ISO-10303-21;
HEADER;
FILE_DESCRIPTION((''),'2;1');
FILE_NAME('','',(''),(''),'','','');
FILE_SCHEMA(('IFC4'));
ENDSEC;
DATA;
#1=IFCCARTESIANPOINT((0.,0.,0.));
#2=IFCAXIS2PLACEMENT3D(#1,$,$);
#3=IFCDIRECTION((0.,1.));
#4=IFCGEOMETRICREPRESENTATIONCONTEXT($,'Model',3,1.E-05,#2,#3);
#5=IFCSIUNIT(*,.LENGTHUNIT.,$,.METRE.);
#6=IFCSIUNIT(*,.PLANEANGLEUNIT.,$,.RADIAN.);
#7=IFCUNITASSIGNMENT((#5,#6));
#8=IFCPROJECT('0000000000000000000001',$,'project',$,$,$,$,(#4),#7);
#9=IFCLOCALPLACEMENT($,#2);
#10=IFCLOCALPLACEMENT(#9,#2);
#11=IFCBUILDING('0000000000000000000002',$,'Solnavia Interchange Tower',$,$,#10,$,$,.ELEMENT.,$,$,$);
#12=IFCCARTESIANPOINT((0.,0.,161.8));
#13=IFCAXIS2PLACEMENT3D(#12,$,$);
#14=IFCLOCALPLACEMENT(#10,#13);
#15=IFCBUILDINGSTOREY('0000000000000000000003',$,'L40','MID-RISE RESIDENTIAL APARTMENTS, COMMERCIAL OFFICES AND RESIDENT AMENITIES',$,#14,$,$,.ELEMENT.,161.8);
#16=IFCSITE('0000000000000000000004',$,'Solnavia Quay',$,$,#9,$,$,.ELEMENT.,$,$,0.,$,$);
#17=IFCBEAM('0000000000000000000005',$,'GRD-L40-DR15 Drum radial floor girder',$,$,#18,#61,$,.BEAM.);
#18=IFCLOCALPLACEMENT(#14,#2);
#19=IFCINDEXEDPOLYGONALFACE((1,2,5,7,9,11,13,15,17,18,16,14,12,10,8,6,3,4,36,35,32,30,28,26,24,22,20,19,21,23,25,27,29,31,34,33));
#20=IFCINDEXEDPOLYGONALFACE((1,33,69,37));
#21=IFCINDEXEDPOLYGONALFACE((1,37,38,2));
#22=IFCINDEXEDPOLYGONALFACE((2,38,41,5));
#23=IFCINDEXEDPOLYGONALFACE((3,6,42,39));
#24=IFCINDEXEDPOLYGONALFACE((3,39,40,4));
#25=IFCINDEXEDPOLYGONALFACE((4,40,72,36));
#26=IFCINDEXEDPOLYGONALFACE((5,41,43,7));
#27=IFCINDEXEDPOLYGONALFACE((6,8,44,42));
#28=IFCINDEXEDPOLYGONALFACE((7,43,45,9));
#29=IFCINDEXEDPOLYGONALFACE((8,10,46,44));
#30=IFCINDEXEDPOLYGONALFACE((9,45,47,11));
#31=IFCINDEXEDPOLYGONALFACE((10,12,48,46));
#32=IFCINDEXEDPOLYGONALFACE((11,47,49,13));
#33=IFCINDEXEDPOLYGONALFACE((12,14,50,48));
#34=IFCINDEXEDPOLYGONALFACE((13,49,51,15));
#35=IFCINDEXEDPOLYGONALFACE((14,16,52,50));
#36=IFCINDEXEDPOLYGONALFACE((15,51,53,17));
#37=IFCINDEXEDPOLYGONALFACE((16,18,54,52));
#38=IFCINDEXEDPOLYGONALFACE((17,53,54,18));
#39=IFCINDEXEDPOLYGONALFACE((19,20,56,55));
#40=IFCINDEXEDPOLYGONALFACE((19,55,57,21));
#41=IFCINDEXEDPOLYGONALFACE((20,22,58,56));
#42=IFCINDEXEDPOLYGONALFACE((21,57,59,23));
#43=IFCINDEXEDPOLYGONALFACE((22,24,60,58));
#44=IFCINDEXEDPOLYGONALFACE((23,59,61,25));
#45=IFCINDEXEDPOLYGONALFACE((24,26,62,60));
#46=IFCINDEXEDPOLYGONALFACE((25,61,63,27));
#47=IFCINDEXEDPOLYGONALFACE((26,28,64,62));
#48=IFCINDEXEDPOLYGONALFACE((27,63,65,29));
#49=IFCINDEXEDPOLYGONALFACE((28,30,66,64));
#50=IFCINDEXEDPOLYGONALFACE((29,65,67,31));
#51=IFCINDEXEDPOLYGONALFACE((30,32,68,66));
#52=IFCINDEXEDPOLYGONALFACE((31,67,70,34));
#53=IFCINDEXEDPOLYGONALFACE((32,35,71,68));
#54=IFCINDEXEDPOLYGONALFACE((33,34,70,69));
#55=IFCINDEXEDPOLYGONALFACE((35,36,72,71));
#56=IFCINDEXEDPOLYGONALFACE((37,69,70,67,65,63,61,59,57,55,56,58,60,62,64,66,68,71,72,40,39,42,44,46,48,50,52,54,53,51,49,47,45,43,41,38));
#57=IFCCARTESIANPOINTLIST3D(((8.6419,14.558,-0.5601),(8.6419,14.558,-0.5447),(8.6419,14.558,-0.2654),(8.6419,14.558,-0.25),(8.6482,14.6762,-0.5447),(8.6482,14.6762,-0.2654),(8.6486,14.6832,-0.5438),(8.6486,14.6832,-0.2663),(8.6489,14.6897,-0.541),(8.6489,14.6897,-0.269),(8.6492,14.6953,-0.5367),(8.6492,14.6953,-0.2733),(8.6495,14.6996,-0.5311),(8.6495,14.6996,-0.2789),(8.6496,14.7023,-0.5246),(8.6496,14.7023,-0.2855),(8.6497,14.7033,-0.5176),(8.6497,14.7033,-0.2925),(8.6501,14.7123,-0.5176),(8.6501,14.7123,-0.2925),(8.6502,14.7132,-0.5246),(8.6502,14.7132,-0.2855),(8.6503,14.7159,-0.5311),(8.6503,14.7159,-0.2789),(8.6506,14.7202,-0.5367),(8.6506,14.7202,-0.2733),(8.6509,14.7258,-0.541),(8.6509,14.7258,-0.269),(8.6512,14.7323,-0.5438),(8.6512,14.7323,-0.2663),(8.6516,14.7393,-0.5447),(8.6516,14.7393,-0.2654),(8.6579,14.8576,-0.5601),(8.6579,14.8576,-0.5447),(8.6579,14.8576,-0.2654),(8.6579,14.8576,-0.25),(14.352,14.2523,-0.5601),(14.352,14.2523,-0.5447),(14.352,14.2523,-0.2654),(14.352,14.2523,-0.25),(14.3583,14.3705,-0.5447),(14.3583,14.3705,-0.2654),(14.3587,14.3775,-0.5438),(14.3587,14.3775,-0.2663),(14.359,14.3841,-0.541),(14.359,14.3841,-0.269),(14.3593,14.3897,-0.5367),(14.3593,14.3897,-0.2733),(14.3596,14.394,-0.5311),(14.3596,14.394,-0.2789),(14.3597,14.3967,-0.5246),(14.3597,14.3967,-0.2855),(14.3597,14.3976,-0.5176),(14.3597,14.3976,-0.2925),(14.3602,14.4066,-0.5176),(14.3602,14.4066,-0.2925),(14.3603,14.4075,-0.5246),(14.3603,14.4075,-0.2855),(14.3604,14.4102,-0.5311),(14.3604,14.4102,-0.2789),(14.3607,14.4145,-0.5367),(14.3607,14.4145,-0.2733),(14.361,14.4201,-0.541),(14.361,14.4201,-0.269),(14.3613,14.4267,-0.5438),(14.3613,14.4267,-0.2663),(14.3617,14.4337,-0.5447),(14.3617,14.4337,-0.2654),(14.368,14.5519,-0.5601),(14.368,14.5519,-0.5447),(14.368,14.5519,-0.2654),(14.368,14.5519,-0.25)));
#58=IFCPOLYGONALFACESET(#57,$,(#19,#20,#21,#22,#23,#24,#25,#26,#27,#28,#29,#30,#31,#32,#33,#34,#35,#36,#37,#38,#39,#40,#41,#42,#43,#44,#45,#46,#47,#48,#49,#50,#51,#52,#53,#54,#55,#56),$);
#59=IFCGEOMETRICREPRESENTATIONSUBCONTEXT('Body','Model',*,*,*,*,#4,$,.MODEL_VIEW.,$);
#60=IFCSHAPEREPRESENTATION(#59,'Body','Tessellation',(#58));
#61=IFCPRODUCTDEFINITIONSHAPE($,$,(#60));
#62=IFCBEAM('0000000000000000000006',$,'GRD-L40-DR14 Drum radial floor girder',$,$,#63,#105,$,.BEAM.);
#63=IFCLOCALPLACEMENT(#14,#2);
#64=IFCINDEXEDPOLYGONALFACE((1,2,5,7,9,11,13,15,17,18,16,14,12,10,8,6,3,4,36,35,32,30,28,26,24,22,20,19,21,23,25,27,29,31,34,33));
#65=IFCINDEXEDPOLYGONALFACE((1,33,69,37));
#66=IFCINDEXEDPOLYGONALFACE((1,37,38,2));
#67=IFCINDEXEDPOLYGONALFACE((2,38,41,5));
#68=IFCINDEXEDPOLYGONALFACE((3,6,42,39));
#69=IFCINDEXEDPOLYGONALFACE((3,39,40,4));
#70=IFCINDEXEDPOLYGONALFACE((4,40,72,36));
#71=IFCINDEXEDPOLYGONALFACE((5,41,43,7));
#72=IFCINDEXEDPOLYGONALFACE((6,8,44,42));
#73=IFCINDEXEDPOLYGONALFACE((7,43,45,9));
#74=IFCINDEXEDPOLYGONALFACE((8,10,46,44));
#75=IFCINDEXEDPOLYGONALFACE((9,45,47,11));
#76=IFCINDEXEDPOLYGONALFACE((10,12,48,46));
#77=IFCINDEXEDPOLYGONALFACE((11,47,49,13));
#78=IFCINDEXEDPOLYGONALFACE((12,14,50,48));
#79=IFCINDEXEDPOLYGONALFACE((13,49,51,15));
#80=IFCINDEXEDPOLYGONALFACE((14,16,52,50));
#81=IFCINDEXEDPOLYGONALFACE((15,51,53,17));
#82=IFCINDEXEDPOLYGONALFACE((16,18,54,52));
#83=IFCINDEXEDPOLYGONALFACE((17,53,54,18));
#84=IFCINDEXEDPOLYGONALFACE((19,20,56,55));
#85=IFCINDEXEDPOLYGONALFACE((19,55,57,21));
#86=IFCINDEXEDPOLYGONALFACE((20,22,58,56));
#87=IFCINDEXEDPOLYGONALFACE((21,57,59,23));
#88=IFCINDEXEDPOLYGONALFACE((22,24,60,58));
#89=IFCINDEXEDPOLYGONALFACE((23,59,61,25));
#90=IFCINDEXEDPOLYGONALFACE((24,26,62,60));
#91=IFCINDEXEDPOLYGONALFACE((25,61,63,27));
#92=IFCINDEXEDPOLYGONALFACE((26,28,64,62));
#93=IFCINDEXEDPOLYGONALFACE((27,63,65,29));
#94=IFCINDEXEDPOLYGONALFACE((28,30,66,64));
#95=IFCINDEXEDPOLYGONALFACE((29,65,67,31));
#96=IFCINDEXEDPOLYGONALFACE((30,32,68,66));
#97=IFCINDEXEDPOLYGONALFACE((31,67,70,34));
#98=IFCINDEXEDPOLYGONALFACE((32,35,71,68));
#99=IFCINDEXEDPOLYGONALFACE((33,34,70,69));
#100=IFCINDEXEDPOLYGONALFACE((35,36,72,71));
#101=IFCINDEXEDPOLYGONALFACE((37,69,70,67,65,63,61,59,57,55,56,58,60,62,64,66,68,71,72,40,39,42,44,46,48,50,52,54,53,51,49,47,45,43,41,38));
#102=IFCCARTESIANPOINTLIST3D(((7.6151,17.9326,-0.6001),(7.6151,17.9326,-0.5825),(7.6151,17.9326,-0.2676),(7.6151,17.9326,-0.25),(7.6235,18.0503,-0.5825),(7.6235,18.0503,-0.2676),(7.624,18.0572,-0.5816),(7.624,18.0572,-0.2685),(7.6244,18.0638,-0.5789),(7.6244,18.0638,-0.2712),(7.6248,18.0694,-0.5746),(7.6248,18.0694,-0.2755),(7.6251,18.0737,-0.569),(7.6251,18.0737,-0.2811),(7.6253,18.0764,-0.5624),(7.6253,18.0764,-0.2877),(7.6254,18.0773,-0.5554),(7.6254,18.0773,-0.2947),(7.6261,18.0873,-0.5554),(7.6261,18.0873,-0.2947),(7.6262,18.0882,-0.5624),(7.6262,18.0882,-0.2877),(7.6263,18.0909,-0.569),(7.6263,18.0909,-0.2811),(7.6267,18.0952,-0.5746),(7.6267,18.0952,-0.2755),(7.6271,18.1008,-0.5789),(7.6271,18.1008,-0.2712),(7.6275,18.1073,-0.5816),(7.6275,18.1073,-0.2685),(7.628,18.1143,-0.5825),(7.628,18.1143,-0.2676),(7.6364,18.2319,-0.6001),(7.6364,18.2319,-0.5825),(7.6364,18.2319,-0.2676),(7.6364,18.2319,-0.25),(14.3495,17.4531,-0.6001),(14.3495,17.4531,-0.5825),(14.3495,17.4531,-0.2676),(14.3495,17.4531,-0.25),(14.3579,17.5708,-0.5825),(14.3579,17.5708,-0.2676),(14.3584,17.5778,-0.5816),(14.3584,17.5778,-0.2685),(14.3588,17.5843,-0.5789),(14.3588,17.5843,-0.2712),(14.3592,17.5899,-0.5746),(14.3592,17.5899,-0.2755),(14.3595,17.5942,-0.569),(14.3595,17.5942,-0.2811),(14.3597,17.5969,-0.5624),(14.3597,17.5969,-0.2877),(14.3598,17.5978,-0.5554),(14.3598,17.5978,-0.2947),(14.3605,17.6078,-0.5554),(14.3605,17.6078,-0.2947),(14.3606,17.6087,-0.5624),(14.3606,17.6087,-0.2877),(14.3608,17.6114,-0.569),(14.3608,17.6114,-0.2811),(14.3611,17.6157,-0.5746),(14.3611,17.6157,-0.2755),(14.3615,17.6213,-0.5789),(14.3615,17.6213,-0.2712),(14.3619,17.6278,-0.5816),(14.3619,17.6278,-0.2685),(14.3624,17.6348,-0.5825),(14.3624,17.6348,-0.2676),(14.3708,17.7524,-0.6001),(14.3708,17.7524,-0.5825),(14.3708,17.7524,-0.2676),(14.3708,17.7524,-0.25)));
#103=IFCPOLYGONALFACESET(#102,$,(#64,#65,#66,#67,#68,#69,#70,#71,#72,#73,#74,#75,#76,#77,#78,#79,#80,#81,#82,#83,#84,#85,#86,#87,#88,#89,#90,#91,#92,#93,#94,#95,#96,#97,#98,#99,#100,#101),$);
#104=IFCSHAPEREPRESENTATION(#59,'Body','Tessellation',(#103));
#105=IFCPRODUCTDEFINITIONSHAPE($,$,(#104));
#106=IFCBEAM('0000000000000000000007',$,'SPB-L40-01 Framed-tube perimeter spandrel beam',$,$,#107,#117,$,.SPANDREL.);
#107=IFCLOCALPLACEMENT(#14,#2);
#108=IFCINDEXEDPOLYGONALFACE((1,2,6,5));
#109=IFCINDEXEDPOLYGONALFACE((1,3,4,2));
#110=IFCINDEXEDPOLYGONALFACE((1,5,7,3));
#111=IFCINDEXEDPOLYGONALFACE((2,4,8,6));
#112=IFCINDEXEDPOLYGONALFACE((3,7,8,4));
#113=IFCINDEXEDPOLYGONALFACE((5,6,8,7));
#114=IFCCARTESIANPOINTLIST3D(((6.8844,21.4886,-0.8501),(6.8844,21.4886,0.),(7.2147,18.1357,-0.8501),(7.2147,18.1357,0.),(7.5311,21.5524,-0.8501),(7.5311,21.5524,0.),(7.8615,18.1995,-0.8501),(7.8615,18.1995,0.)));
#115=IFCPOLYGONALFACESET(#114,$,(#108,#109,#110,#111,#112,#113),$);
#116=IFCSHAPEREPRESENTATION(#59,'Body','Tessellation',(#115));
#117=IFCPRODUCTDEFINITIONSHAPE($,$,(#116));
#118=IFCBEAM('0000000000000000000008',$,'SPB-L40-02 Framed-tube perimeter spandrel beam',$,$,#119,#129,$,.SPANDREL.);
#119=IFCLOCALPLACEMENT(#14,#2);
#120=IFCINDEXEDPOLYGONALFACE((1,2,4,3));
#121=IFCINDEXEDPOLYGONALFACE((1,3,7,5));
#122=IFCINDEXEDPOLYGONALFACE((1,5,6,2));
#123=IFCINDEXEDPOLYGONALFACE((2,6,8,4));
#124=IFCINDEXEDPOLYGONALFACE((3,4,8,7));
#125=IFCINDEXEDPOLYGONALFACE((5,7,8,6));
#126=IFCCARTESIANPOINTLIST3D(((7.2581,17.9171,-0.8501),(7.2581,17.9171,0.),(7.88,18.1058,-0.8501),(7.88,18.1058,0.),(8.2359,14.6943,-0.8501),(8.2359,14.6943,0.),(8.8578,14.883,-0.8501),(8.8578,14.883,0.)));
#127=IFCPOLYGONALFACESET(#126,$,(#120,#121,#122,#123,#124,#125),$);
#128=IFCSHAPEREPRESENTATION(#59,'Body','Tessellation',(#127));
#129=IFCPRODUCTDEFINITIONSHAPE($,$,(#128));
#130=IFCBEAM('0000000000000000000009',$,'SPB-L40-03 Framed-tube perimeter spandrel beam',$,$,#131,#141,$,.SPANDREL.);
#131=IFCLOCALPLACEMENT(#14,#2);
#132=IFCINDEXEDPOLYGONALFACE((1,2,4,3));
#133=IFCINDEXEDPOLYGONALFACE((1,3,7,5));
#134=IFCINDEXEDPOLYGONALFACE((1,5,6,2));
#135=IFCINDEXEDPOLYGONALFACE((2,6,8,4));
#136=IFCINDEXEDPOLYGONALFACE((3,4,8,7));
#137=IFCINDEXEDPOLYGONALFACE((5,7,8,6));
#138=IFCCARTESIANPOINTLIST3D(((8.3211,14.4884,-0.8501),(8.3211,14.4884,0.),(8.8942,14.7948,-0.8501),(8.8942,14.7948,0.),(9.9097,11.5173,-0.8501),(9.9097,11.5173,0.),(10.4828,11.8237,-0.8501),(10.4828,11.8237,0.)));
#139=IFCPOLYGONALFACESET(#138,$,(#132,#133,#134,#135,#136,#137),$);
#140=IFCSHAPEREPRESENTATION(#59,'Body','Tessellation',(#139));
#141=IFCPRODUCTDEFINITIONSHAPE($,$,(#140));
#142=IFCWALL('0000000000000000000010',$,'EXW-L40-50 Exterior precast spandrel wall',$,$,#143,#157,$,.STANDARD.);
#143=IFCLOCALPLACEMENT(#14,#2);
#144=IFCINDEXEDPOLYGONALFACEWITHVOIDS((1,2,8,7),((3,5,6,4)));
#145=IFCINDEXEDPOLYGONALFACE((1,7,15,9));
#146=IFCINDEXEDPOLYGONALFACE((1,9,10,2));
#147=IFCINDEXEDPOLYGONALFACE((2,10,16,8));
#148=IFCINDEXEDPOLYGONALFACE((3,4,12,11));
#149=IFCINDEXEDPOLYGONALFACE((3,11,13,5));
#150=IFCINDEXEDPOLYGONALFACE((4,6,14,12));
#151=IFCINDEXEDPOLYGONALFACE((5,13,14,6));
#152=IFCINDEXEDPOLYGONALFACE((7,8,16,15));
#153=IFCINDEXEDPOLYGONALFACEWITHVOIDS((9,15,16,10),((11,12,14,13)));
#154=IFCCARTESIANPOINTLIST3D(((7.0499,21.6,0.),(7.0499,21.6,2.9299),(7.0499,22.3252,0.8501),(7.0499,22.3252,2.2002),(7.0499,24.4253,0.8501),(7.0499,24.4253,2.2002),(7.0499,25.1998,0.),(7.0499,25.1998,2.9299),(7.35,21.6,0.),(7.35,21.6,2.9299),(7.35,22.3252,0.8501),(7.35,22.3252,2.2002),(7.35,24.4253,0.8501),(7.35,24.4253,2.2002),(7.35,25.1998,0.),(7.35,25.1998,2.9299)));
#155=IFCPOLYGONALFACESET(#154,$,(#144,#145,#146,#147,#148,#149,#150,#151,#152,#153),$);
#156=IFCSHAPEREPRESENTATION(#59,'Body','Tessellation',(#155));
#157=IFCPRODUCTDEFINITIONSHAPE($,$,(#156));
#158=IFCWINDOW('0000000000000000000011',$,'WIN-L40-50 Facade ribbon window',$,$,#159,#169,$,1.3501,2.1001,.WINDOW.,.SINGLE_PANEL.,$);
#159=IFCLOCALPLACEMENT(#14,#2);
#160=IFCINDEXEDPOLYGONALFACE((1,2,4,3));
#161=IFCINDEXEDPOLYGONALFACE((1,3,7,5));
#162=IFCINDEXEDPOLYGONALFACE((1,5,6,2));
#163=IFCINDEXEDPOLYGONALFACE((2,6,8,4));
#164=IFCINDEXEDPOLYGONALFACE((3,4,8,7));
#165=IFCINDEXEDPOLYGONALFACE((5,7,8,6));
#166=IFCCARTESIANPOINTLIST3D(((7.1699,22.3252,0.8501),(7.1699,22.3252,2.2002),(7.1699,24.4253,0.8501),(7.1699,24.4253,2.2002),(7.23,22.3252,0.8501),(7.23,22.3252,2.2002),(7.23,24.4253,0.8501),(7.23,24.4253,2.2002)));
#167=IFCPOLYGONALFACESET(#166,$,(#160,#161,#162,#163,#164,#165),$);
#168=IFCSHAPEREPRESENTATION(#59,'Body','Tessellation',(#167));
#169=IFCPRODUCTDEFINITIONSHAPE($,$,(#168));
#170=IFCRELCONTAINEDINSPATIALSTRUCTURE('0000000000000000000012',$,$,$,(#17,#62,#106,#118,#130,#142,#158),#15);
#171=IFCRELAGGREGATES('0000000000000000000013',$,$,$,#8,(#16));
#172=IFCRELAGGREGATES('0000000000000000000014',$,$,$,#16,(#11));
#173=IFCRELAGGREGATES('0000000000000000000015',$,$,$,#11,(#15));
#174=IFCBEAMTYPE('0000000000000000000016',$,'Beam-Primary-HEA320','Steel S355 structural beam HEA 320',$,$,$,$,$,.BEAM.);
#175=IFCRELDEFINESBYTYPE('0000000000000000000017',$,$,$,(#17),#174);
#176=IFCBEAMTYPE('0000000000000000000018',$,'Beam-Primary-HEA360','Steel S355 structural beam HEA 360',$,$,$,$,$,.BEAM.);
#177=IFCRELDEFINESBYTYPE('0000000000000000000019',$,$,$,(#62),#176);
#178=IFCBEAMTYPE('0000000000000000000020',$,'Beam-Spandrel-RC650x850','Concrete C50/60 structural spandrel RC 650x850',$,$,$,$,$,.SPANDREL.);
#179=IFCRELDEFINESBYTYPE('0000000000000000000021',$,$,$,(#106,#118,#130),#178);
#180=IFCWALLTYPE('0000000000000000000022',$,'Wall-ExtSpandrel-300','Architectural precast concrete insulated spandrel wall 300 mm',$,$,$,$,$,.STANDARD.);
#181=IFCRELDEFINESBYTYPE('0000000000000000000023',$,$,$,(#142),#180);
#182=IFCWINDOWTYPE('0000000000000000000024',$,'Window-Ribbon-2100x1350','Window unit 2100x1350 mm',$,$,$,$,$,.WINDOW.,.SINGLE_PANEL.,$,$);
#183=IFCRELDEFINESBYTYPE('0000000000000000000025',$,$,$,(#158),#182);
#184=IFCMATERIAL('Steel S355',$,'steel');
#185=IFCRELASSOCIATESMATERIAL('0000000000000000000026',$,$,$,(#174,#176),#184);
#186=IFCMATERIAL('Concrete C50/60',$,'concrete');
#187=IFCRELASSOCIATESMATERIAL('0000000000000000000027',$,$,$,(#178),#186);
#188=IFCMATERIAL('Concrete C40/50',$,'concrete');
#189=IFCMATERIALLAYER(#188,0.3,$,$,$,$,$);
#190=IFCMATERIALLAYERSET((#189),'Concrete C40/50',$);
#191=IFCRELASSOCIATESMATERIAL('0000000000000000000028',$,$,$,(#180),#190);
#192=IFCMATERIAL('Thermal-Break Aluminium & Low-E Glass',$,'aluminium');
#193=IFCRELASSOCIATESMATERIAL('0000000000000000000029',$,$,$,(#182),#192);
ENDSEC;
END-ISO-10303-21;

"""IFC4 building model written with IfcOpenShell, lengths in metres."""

from ifc_helpers import new_model, si_unit, direction, frame, frame_2d, origin, origin_2d, place, context, subcontext, project, spatial, rectangle, i_section, extrude, material, layer, layer_set, material_profile, profile_set, type_object, element, fill, save


model = new_model("IFC4")

# Units and contexts
model_context = context("Model", 3, precision=1e-05, world=origin(), true_north=direction((0.0, 1.0)))
body_context = subcontext(model_context, "Body", "Model", "MODEL_VIEW")
ifc_project = project(units=[si_unit("LENGTHUNIT", "METRE"), si_unit("PLANEANGLEUNIT", "RADIAN")], contexts=[model_context])

# Site, building, storey
site_placement = place(None, origin())
site = spatial("IfcSite", under=ifc_project, at=site_placement, Name="Solnavia Quay", CompositionType="ELEMENT", RefElevation=0.0)
building_placement = place(site_placement, origin())
building = spatial("IfcBuilding", under=site, at=building_placement, Name="Solnavia Interchange Tower", CompositionType="ELEMENT")
storey_placement = place(building_placement, frame((0.0, 0.0, 161.8)))
storey = spatial("IfcBuildingStorey", under=building, at=storey_placement, Name="L40", Description="MID-RISE RESIDENTIAL APARTMENTS, COMMERCIAL OFFICES AND RESIDENT AMENITIES", CompositionType="ELEMENT", Elevation=161.8)

# Shared definitions
ifc_material_1 = material(Name="Concrete C50/60", Category="concrete")

# Beams
ifc_material_2 = material(Name="Steel S355", Category="steel")
ifc_material_profile_1 = material_profile(ifc_material_2, i_section(OverallWidth=0.3, OverallDepth=0.3101, WebThickness=0.009, FlangeThickness=0.0154, FilletRadius=0.0271, at=origin_2d()), Name="HEA 320")
ifc_profile_set_1 = profile_set([ifc_material_profile_1], Name="Steel S355")
beam_type_1 = type_object("IfcBeamType", Name="Beam-Primary-HEA320", Description="Steel S355 structural beam HEA 320", PredefinedType="BEAM", material=ifc_profile_set_1)
beam_1_placement = place(storey_placement, frame((8.6499, 14.7078, -0.405), z_axis=(0.99857, -0.053453, 0.0), x_axis=(0.053453, 0.99857, 0.0)))
element("IfcBeam", 1, at=beam_1_placement, inside=storey, type_object=beam_type_1, Name="GRD-L40-DR15 Drum radial floor girder", PredefinedType="BEAM", context=body_context, shape_type="SweptSolid", body=[
    extrude(i_section(OverallWidth=0.3, OverallDepth=0.3101, WebThickness=0.009, FlangeThickness=0.0154, FilletRadius=0.0271, at=origin_2d()), origin(), (0.0, 0.0, 1.0), 5.7183),
])
ifc_material_profile_2 = material_profile(ifc_material_2, i_section(OverallWidth=0.3, OverallDepth=0.3501, WebThickness=0.01, FlangeThickness=0.0176, FilletRadius=0.0271, at=origin_2d()), Name="HEA 360")
ifc_profile_set_2 = profile_set([ifc_material_profile_2], Name="Steel S355")
beam_type_2 = type_object("IfcBeamType", Name="Beam-Primary-HEA360", Description="Steel S355 structural beam HEA 360", PredefinedType="BEAM", material=ifc_profile_set_2)
beam_2_placement = place(storey_placement, frame((7.6257, 18.0823, -0.425), z_axis=(0.997475, -0.071021, 0.0), x_axis=(0.071021, 0.997475, 0.0)))
element("IfcBeam", 2, at=beam_2_placement, inside=storey, type_object=beam_type_2, Name="GRD-L40-DR14 Drum radial floor girder", PredefinedType="BEAM", context=body_context, shape_type="SweptSolid", body=[
    extrude(i_section(OverallWidth=0.3, OverallDepth=0.3501, WebThickness=0.01, FlangeThickness=0.0176, FilletRadius=0.0271, at=origin_2d()), origin(), (0.0, 0.0, 1.0), 6.7515),
])
ifc_material_profile_3 = material_profile(ifc_material_1, rectangle(XDim=0.6499, YDim=0.8501, at=origin_2d()), Name="RC 650x850")
ifc_profile_set_3 = profile_set([ifc_material_profile_3], Name="Concrete C50/60")
beam_type_3 = type_object("IfcBeamType", Name="Beam-Spandrel-RC650x850", Description="Concrete C50/60 structural spandrel RC 650x850", PredefinedType="SPANDREL", material=ifc_profile_set_3)
beam_3_placement = place(storey_placement, frame((7.2078, 21.5205, -0.425), z_axis=(0.09804, -0.995182, 0.0), x_axis=(0.995182, 0.09804, 0.0)))
element("IfcBeam", 3, at=beam_3_placement, inside=storey, type_object=beam_type_3, Name="SPB-L40-01 Framed-tube perimeter spandrel beam", PredefinedType="SPANDREL", context=body_context, shape_type="SweptSolid", body=[
    extrude(rectangle(XDim=0.6499, YDim=0.8501, at=origin_2d()), origin(), (0.0, 0.0, 1.0), 3.3691),
])
beam_4_placement = place(storey_placement, frame((7.5691, 18.0115, -0.425), z_axis=(0.290319, -0.95693, 0.0), x_axis=(0.95693, 0.290319, 0.0)))
element("IfcBeam", 4, at=beam_4_placement, inside=storey, type_object=beam_type_3, Name="SPB-L40-02 Framed-tube perimeter spandrel beam", PredefinedType="SPANDREL", context=body_context, shape_type="SweptSolid", body=[
    extrude(rectangle(XDim=0.6499, YDim=0.8501, at=origin_2d()), origin(), (0.0, 0.0, 1.0), 3.3679),
])
beam_5_placement = place(storey_placement, frame((8.6077, 14.6416, -0.425), z_axis=(0.471509, -0.881861, 0.0), x_axis=(0.881861, 0.471509, 0.0)))
element("IfcBeam", 5, at=beam_5_placement, inside=storey, type_object=beam_type_3, Name="SPB-L40-03 Framed-tube perimeter spandrel beam", PredefinedType="SPANDREL", context=body_context, shape_type="SweptSolid", body=[
    extrude(rectangle(XDim=0.6499, YDim=0.8501, at=origin_2d()), origin(), (0.0, 0.0, 1.0), 3.3691),
])

# Wall, opening, window
ifc_material_3 = material(Name="Concrete C40/50", Category="concrete")
ifc_layer_1 = layer(ifc_material_3, 0.3)
ifc_layer_set_1 = layer_set([ifc_layer_1], Name="Concrete C40/50")
wall_type_1 = type_object("IfcWallType", Name="Wall-ExtSpandrel-300", Description="Architectural precast concrete insulated spandrel wall 300 mm", PredefinedType="STANDARD", material=ifc_layer_set_1)
wall_1_placement = place(storey_placement, frame((7.2, 21.6001, 0.0), z_axis=(0.0, 0.0, 1.0), x_axis=(0.0, 1.0, 0.0)))
wall_1 = element("IfcWall", 6, at=wall_1_placement, inside=storey, type_object=wall_type_1, Name="EXW-L40-50 Exterior precast spandrel wall", PredefinedType="STANDARD", context=body_context, shape_type="SweptSolid", body=[
    extrude(rectangle(XDim=3.5999, YDim=0.3, at=frame_2d((1.7998, 0.0))), origin(), (0.0, 0.0, 1.0), 2.9299),
])
opening_1_placement = place(wall_1_placement, frame((0.7251, 0.0, 0.8501)))
opening_1 = element("IfcOpeningElement", 7, at=opening_1_placement, cuts=wall_1, PredefinedType="OPENING", context=body_context, shape_type="SweptSolid", body=[
    extrude(rectangle(XDim=2.1001, YDim=1.3501, at=frame_2d((1.05, 0.675))), frame((0.0, 0.1602, 0.0), z_axis=(0.0, -1.0, 0.0), x_axis=(1.0, 0.0, 0.0)), (0.0, 0.0, 1.0), 0.3201),
])
ifc_material_4 = material(Name="Thermal-Break Aluminium & Low-E Glass", Category="aluminium")
window_type_1 = type_object("IfcWindowType", Name="Window-Ribbon-2100x1350", Description="Window unit 2100x1350 mm", PartitioningType="SINGLE_PANEL", PredefinedType="WINDOW", material=ifc_material_4)
window_1_placement = place(opening_1_placement, origin())
window_1 = element("IfcWindow", 8, at=window_1_placement, inside=storey, type_object=window_type_1, Name="WIN-L40-50 Facade ribbon window", OverallHeight=1.3501, OverallWidth=2.1001, PartitioningType="SINGLE_PANEL", PredefinedType="WINDOW", context=body_context, shape_type="SweptSolid", body=[
    extrude(rectangle(XDim=2.1001, YDim=1.3501, at=frame_2d((1.05, 0.675))), frame((0.0, 0.03, 0.0), z_axis=(0.0, -1.0, 0.0), x_axis=(1.0, 0.0, 0.0)), (0.0, 0.0, 1.0), 0.0601),
])
fill(opening_1, window_1)

save(model, "model.ifc")
